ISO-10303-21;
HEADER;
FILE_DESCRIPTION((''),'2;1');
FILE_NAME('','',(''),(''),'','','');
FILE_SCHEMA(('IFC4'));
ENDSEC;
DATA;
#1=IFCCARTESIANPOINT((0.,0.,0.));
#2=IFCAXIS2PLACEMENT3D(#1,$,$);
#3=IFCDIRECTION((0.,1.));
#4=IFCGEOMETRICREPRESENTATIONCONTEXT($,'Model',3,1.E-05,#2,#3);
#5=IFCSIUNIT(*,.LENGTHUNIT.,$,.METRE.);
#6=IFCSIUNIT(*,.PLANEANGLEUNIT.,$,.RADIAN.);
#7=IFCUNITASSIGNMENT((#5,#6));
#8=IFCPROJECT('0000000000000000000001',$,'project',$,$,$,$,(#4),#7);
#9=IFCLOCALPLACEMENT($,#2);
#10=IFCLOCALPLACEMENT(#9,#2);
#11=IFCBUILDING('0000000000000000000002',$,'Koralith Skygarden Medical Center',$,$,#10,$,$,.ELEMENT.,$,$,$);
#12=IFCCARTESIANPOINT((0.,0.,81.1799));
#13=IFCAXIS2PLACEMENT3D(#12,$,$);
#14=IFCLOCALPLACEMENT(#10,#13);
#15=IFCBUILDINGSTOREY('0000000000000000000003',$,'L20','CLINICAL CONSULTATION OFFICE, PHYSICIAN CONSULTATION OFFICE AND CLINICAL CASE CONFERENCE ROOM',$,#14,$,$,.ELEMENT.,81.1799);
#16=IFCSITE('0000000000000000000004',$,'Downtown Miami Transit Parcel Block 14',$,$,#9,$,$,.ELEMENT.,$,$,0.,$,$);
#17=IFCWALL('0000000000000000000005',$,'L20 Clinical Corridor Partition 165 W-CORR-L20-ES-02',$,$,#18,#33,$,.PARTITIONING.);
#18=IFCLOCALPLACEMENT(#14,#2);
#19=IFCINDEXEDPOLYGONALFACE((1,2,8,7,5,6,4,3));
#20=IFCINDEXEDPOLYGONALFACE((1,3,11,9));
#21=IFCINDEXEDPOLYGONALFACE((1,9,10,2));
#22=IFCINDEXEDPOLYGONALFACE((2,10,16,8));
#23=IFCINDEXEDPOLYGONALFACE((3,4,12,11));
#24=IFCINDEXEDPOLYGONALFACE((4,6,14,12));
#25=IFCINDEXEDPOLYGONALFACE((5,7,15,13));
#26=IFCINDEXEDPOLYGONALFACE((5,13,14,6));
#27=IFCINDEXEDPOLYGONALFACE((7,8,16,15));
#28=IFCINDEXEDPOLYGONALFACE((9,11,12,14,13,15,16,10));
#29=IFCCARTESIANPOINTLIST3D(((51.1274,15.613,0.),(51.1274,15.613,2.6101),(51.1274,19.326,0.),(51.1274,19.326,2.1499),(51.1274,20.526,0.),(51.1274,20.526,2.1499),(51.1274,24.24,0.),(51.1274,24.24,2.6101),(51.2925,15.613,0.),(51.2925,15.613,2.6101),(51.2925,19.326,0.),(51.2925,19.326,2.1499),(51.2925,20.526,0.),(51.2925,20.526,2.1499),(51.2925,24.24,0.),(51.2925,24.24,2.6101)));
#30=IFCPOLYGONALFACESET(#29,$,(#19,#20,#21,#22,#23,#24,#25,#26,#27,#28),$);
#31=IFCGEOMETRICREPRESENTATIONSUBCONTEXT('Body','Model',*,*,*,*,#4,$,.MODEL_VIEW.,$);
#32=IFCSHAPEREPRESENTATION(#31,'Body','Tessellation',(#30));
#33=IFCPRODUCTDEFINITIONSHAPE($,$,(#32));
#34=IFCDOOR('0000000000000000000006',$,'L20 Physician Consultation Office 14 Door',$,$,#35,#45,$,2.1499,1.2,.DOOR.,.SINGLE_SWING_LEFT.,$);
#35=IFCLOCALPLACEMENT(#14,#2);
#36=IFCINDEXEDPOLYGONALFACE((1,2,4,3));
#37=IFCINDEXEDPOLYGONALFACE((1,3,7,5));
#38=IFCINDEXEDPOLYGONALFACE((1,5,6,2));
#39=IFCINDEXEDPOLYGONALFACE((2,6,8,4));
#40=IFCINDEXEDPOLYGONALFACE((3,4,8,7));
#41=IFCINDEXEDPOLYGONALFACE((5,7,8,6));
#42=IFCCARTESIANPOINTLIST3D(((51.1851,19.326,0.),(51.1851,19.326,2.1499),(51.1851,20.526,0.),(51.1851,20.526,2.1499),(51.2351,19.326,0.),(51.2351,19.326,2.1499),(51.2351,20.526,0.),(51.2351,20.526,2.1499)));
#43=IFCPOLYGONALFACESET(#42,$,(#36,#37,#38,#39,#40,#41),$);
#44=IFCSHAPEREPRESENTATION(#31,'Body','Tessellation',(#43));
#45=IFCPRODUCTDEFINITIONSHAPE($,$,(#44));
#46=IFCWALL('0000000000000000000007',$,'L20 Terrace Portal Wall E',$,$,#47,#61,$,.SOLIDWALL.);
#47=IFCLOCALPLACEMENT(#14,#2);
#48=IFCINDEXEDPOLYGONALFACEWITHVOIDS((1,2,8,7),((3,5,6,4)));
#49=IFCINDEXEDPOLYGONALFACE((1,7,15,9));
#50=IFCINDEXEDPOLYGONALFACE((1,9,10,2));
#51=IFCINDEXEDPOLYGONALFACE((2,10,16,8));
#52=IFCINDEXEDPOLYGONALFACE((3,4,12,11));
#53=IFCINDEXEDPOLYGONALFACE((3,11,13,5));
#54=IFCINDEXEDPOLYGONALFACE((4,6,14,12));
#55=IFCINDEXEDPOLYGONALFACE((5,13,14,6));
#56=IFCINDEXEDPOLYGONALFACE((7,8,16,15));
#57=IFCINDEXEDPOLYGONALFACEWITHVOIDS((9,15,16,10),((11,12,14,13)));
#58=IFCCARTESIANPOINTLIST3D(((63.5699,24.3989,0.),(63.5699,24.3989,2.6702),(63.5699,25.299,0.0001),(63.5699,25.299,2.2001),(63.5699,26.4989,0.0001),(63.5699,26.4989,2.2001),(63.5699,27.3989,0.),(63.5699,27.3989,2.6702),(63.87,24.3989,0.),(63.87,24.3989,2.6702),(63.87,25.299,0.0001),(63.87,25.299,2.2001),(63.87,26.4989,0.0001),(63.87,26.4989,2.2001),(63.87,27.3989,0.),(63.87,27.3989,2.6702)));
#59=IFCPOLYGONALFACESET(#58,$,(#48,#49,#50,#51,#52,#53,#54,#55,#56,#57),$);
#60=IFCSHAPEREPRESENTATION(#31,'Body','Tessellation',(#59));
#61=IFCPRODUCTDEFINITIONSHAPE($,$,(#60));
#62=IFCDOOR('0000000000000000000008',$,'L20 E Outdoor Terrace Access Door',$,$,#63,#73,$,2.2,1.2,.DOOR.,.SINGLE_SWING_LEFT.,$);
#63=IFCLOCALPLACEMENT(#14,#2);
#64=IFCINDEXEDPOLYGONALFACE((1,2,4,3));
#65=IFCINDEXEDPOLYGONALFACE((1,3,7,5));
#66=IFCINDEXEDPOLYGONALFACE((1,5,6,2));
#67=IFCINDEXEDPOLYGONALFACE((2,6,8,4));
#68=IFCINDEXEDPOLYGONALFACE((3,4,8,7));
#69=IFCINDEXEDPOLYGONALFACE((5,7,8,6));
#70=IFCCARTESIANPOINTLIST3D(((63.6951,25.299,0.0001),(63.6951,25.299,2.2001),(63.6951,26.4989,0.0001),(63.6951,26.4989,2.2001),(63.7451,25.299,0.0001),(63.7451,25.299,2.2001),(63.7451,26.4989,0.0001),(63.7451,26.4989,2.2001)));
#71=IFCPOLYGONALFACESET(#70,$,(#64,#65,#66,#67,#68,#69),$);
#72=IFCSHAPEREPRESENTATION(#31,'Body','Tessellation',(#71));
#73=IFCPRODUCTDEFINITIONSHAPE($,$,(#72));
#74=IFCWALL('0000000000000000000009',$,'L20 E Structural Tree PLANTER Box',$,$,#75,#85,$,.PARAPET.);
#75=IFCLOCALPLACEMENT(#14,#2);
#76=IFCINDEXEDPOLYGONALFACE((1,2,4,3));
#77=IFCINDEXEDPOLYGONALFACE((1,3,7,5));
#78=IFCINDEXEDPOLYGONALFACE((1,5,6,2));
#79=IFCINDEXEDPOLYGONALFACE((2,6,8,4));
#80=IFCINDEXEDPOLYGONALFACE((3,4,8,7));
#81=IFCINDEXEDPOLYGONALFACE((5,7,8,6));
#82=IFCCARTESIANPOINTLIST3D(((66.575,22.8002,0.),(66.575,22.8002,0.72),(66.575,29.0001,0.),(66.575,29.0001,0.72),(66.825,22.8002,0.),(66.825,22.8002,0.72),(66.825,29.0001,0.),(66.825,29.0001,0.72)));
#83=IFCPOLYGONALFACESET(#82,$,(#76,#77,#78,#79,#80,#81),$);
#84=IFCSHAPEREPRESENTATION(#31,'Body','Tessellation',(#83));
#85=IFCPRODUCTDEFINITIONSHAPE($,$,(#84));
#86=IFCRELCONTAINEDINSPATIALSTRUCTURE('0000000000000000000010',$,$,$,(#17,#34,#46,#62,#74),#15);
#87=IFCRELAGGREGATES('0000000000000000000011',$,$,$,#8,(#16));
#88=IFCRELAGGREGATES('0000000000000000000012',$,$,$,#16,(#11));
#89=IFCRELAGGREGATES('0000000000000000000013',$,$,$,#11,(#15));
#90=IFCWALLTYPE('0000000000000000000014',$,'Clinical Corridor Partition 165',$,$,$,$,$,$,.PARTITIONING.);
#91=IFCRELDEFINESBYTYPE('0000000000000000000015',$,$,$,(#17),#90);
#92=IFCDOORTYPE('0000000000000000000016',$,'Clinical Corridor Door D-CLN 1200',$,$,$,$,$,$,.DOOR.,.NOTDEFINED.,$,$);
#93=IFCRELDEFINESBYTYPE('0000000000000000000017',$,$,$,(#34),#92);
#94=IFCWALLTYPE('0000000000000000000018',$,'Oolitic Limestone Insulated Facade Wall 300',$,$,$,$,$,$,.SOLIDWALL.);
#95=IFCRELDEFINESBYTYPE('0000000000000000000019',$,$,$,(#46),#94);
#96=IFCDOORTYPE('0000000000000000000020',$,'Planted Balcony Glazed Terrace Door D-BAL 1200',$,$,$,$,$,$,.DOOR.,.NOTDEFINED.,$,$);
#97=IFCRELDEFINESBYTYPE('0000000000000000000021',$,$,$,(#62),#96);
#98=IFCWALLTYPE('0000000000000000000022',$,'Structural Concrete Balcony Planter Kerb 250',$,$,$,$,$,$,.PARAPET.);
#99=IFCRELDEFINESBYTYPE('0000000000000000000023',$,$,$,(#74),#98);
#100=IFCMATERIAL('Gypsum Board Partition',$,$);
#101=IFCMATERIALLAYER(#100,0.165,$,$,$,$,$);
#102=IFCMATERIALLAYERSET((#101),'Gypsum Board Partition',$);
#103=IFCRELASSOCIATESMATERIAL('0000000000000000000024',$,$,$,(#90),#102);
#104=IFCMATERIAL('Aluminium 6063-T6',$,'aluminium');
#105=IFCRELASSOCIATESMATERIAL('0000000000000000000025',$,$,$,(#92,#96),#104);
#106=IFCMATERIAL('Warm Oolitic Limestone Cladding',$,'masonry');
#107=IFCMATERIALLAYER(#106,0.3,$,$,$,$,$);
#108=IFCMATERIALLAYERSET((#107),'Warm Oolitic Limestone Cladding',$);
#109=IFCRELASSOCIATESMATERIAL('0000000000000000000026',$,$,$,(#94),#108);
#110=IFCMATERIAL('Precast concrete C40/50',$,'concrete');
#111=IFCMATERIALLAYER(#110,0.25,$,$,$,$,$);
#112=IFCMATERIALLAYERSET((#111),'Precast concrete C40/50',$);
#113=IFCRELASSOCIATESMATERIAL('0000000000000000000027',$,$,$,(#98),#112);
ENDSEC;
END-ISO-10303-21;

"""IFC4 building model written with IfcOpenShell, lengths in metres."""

from ifc_helpers import new_model, si_unit, direction, frame, frame_2d, origin, place, context, subcontext, project, spatial, rectangle, extrude, material, layer, layer_set, type_object, element, fill, save


model = new_model("IFC4")

# Units and contexts
model_context = context("Model", 3, precision=1e-05, world=origin(), true_north=direction((0.0, 1.0)))
body_context = subcontext(model_context, "Body", "Model", "MODEL_VIEW")
ifc_project = project(units=[si_unit("LENGTHUNIT", "METRE"), si_unit("PLANEANGLEUNIT", "RADIAN")], contexts=[model_context])

# Site, building, storey
site_placement = place(None, origin())
site = spatial("IfcSite", under=ifc_project, at=site_placement, Name="Downtown Miami Transit Parcel Block 14", CompositionType="ELEMENT", RefElevation=0.0)
building_placement = place(site_placement, origin())
building = spatial("IfcBuilding", under=site, at=building_placement, Name="Koralith Skygarden Medical Center", CompositionType="ELEMENT")
storey_placement = place(building_placement, frame((0.0, 0.0, 81.1799)))
storey = spatial("IfcBuildingStorey", under=building, at=storey_placement, Name="L20", Description="CLINICAL CONSULTATION OFFICE, PHYSICIAN CONSULTATION OFFICE AND CLINICAL CASE CONFERENCE ROOM", CompositionType="ELEMENT", Elevation=81.1799)

# Shared definitions
ifc_material_1 = material(Name="Aluminium 6063-T6", Category="aluminium")

# Shared definitions
ifc_material_2 = material(Name="Gypsum Board Partition")
ifc_layer_1 = layer(ifc_material_2, 0.165)
ifc_layer_set_1 = layer_set([ifc_layer_1], Name="Gypsum Board Partition")
wall_type_1 = type_object("IfcWallType", Name="Clinical Corridor Partition 165", PredefinedType="PARTITIONING", material=ifc_layer_set_1)

# Walls, openings, doors
wall_1_placement = place(storey_placement, frame((51.21, 15.613, 0.0), z_axis=(0.0, 0.0, 1.0), x_axis=(0.0, 1.0, 0.0)))
wall_1 = element("IfcWall", 1, at=wall_1_placement, inside=storey, type_object=wall_type_1, Name="L20 Clinical Corridor Partition 165 W-CORR-L20-ES-02", PredefinedType="PARTITIONING", context=body_context, shape_type="SweptSolid", body=[
    extrude(rectangle(XDim=8.627, YDim=0.165, at=frame_2d((4.3135, 0.0))), origin(), (0.0, 0.0, 1.0), 2.6101),
])
opening_1_placement = place(wall_1_placement, frame((3.7129, 0.0, 0.0)))
opening_1 = element("IfcOpeningElement", 2, at=opening_1_placement, cuts=wall_1, PredefinedType="OPENING", context=body_context, shape_type="SweptSolid", body=[
    extrude(rectangle(XDim=1.2, YDim=2.1499, at=frame_2d((0.6001, 1.075))), frame((0.0, 0.0925, 0.0), z_axis=(0.0, -1.0, 0.0), x_axis=(1.0, 0.0, 0.0)), (0.0, 0.0, 1.0), 0.1851),
])
door_type_1 = type_object("IfcDoorType", Name="Clinical Corridor Door D-CLN 1200", OperationType="NOTDEFINED", PredefinedType="DOOR", material=ifc_material_1)
door_1_placement = place(opening_1_placement, origin())
door_1 = element("IfcDoor", 3, at=door_1_placement, inside=storey, type_object=door_type_1, Name="L20 Physician Consultation Office 14 Door", OperationType="SINGLE_SWING_LEFT", OverallHeight=2.1499, OverallWidth=1.2, PredefinedType="DOOR", context=body_context, shape_type="SweptSolid", body=[
    extrude(rectangle(XDim=1.2, YDim=2.1499, at=frame_2d((0.6001, 1.075))), frame((0.0, 0.0249, 0.0), z_axis=(0.0, -1.0, 0.0), x_axis=(1.0, 0.0, 0.0)), (0.0, 0.0, 1.0), 0.05),
])
fill(opening_1, door_1)
ifc_material_3 = material(Name="Warm Oolitic Limestone Cladding", Category="masonry")
ifc_layer_2 = layer(ifc_material_3, 0.3)
ifc_layer_set_2 = layer_set([ifc_layer_2], Name="Warm Oolitic Limestone Cladding")
wall_type_2 = type_object("IfcWallType", Name="Oolitic Limestone Insulated Facade Wall 300", PredefinedType="SOLIDWALL", material=ifc_layer_set_2)
wall_2_placement = place(storey_placement, frame((63.72, 24.3989, 0.0), z_axis=(0.0, 0.0, 1.0), x_axis=(0.0, 1.0, 0.0)))
wall_2 = element("IfcWall", 4, at=wall_2_placement, inside=storey, type_object=wall_type_2, Name="L20 Terrace Portal Wall E", PredefinedType="SOLIDWALL", context=body_context, shape_type="SweptSolid", body=[
    extrude(rectangle(XDim=3.0, YDim=0.3, at=frame_2d((1.5, 0.0))), origin(), (0.0, 0.0, 1.0), 2.6702),
])
opening_2_placement = place(wall_2_placement, frame((0.8999, 0.0, 0.0)))
opening_2 = element("IfcOpeningElement", 5, at=opening_2_placement, cuts=wall_2, PredefinedType="OPENING", context=body_context, shape_type="SweptSolid", body=[
    extrude(rectangle(XDim=1.2, YDim=2.2, at=frame_2d((0.6001, 1.1001))), frame((0.0, 0.1599, 0.0), z_axis=(0.0, -1.0, 0.0), x_axis=(1.0, 0.0, 0.0)), (0.0, 0.0, 1.0), 0.3201),
])
door_type_2 = type_object("IfcDoorType", Name="Planted Balcony Glazed Terrace Door D-BAL 1200", OperationType="NOTDEFINED", PredefinedType="DOOR", material=ifc_material_1)
door_2_placement = place(opening_2_placement, origin())
door_2 = element("IfcDoor", 6, at=door_2_placement, inside=storey, type_object=door_type_2, Name="L20 E Outdoor Terrace Access Door", OperationType="SINGLE_SWING_LEFT", OverallHeight=2.2, OverallWidth=1.2, PredefinedType="DOOR", context=body_context, shape_type="SweptSolid", body=[
    extrude(rectangle(XDim=1.2, YDim=2.2, at=frame_2d((0.6001, 1.1001))), frame((0.0, 0.0249, 0.0), z_axis=(0.0, -1.0, 0.0), x_axis=(1.0, 0.0, 0.0)), (0.0, 0.0, 1.0), 0.05),
])
fill(opening_2, door_2)

# Wall
ifc_material_4 = material(Name="Precast concrete C40/50", Category="concrete")
ifc_layer_3 = layer(ifc_material_4, 0.25)
ifc_layer_set_3 = layer_set([ifc_layer_3], Name="Precast concrete C40/50")
wall_type_3 = type_object("IfcWallType", Name="Structural Concrete Balcony Planter Kerb 250", PredefinedType="PARAPET", material=ifc_layer_set_3)
wall_3_placement = place(storey_placement, frame((66.7, 22.8, 0.0), z_axis=(0.0, 0.0, 1.0), x_axis=(0.0, 1.0, 0.0)))
element("IfcWall", 7, at=wall_3_placement, inside=storey, type_object=wall_type_3, Name="L20 E Structural Tree PLANTER Box", PredefinedType="PARAPET", context=body_context, shape_type="SweptSolid", body=[
    extrude(rectangle(XDim=6.2, YDim=0.25, at=frame_2d((3.1001, 0.0))), origin(), (0.0, 0.0, 1.0), 0.72),
])

save(model, "model.ifc")
